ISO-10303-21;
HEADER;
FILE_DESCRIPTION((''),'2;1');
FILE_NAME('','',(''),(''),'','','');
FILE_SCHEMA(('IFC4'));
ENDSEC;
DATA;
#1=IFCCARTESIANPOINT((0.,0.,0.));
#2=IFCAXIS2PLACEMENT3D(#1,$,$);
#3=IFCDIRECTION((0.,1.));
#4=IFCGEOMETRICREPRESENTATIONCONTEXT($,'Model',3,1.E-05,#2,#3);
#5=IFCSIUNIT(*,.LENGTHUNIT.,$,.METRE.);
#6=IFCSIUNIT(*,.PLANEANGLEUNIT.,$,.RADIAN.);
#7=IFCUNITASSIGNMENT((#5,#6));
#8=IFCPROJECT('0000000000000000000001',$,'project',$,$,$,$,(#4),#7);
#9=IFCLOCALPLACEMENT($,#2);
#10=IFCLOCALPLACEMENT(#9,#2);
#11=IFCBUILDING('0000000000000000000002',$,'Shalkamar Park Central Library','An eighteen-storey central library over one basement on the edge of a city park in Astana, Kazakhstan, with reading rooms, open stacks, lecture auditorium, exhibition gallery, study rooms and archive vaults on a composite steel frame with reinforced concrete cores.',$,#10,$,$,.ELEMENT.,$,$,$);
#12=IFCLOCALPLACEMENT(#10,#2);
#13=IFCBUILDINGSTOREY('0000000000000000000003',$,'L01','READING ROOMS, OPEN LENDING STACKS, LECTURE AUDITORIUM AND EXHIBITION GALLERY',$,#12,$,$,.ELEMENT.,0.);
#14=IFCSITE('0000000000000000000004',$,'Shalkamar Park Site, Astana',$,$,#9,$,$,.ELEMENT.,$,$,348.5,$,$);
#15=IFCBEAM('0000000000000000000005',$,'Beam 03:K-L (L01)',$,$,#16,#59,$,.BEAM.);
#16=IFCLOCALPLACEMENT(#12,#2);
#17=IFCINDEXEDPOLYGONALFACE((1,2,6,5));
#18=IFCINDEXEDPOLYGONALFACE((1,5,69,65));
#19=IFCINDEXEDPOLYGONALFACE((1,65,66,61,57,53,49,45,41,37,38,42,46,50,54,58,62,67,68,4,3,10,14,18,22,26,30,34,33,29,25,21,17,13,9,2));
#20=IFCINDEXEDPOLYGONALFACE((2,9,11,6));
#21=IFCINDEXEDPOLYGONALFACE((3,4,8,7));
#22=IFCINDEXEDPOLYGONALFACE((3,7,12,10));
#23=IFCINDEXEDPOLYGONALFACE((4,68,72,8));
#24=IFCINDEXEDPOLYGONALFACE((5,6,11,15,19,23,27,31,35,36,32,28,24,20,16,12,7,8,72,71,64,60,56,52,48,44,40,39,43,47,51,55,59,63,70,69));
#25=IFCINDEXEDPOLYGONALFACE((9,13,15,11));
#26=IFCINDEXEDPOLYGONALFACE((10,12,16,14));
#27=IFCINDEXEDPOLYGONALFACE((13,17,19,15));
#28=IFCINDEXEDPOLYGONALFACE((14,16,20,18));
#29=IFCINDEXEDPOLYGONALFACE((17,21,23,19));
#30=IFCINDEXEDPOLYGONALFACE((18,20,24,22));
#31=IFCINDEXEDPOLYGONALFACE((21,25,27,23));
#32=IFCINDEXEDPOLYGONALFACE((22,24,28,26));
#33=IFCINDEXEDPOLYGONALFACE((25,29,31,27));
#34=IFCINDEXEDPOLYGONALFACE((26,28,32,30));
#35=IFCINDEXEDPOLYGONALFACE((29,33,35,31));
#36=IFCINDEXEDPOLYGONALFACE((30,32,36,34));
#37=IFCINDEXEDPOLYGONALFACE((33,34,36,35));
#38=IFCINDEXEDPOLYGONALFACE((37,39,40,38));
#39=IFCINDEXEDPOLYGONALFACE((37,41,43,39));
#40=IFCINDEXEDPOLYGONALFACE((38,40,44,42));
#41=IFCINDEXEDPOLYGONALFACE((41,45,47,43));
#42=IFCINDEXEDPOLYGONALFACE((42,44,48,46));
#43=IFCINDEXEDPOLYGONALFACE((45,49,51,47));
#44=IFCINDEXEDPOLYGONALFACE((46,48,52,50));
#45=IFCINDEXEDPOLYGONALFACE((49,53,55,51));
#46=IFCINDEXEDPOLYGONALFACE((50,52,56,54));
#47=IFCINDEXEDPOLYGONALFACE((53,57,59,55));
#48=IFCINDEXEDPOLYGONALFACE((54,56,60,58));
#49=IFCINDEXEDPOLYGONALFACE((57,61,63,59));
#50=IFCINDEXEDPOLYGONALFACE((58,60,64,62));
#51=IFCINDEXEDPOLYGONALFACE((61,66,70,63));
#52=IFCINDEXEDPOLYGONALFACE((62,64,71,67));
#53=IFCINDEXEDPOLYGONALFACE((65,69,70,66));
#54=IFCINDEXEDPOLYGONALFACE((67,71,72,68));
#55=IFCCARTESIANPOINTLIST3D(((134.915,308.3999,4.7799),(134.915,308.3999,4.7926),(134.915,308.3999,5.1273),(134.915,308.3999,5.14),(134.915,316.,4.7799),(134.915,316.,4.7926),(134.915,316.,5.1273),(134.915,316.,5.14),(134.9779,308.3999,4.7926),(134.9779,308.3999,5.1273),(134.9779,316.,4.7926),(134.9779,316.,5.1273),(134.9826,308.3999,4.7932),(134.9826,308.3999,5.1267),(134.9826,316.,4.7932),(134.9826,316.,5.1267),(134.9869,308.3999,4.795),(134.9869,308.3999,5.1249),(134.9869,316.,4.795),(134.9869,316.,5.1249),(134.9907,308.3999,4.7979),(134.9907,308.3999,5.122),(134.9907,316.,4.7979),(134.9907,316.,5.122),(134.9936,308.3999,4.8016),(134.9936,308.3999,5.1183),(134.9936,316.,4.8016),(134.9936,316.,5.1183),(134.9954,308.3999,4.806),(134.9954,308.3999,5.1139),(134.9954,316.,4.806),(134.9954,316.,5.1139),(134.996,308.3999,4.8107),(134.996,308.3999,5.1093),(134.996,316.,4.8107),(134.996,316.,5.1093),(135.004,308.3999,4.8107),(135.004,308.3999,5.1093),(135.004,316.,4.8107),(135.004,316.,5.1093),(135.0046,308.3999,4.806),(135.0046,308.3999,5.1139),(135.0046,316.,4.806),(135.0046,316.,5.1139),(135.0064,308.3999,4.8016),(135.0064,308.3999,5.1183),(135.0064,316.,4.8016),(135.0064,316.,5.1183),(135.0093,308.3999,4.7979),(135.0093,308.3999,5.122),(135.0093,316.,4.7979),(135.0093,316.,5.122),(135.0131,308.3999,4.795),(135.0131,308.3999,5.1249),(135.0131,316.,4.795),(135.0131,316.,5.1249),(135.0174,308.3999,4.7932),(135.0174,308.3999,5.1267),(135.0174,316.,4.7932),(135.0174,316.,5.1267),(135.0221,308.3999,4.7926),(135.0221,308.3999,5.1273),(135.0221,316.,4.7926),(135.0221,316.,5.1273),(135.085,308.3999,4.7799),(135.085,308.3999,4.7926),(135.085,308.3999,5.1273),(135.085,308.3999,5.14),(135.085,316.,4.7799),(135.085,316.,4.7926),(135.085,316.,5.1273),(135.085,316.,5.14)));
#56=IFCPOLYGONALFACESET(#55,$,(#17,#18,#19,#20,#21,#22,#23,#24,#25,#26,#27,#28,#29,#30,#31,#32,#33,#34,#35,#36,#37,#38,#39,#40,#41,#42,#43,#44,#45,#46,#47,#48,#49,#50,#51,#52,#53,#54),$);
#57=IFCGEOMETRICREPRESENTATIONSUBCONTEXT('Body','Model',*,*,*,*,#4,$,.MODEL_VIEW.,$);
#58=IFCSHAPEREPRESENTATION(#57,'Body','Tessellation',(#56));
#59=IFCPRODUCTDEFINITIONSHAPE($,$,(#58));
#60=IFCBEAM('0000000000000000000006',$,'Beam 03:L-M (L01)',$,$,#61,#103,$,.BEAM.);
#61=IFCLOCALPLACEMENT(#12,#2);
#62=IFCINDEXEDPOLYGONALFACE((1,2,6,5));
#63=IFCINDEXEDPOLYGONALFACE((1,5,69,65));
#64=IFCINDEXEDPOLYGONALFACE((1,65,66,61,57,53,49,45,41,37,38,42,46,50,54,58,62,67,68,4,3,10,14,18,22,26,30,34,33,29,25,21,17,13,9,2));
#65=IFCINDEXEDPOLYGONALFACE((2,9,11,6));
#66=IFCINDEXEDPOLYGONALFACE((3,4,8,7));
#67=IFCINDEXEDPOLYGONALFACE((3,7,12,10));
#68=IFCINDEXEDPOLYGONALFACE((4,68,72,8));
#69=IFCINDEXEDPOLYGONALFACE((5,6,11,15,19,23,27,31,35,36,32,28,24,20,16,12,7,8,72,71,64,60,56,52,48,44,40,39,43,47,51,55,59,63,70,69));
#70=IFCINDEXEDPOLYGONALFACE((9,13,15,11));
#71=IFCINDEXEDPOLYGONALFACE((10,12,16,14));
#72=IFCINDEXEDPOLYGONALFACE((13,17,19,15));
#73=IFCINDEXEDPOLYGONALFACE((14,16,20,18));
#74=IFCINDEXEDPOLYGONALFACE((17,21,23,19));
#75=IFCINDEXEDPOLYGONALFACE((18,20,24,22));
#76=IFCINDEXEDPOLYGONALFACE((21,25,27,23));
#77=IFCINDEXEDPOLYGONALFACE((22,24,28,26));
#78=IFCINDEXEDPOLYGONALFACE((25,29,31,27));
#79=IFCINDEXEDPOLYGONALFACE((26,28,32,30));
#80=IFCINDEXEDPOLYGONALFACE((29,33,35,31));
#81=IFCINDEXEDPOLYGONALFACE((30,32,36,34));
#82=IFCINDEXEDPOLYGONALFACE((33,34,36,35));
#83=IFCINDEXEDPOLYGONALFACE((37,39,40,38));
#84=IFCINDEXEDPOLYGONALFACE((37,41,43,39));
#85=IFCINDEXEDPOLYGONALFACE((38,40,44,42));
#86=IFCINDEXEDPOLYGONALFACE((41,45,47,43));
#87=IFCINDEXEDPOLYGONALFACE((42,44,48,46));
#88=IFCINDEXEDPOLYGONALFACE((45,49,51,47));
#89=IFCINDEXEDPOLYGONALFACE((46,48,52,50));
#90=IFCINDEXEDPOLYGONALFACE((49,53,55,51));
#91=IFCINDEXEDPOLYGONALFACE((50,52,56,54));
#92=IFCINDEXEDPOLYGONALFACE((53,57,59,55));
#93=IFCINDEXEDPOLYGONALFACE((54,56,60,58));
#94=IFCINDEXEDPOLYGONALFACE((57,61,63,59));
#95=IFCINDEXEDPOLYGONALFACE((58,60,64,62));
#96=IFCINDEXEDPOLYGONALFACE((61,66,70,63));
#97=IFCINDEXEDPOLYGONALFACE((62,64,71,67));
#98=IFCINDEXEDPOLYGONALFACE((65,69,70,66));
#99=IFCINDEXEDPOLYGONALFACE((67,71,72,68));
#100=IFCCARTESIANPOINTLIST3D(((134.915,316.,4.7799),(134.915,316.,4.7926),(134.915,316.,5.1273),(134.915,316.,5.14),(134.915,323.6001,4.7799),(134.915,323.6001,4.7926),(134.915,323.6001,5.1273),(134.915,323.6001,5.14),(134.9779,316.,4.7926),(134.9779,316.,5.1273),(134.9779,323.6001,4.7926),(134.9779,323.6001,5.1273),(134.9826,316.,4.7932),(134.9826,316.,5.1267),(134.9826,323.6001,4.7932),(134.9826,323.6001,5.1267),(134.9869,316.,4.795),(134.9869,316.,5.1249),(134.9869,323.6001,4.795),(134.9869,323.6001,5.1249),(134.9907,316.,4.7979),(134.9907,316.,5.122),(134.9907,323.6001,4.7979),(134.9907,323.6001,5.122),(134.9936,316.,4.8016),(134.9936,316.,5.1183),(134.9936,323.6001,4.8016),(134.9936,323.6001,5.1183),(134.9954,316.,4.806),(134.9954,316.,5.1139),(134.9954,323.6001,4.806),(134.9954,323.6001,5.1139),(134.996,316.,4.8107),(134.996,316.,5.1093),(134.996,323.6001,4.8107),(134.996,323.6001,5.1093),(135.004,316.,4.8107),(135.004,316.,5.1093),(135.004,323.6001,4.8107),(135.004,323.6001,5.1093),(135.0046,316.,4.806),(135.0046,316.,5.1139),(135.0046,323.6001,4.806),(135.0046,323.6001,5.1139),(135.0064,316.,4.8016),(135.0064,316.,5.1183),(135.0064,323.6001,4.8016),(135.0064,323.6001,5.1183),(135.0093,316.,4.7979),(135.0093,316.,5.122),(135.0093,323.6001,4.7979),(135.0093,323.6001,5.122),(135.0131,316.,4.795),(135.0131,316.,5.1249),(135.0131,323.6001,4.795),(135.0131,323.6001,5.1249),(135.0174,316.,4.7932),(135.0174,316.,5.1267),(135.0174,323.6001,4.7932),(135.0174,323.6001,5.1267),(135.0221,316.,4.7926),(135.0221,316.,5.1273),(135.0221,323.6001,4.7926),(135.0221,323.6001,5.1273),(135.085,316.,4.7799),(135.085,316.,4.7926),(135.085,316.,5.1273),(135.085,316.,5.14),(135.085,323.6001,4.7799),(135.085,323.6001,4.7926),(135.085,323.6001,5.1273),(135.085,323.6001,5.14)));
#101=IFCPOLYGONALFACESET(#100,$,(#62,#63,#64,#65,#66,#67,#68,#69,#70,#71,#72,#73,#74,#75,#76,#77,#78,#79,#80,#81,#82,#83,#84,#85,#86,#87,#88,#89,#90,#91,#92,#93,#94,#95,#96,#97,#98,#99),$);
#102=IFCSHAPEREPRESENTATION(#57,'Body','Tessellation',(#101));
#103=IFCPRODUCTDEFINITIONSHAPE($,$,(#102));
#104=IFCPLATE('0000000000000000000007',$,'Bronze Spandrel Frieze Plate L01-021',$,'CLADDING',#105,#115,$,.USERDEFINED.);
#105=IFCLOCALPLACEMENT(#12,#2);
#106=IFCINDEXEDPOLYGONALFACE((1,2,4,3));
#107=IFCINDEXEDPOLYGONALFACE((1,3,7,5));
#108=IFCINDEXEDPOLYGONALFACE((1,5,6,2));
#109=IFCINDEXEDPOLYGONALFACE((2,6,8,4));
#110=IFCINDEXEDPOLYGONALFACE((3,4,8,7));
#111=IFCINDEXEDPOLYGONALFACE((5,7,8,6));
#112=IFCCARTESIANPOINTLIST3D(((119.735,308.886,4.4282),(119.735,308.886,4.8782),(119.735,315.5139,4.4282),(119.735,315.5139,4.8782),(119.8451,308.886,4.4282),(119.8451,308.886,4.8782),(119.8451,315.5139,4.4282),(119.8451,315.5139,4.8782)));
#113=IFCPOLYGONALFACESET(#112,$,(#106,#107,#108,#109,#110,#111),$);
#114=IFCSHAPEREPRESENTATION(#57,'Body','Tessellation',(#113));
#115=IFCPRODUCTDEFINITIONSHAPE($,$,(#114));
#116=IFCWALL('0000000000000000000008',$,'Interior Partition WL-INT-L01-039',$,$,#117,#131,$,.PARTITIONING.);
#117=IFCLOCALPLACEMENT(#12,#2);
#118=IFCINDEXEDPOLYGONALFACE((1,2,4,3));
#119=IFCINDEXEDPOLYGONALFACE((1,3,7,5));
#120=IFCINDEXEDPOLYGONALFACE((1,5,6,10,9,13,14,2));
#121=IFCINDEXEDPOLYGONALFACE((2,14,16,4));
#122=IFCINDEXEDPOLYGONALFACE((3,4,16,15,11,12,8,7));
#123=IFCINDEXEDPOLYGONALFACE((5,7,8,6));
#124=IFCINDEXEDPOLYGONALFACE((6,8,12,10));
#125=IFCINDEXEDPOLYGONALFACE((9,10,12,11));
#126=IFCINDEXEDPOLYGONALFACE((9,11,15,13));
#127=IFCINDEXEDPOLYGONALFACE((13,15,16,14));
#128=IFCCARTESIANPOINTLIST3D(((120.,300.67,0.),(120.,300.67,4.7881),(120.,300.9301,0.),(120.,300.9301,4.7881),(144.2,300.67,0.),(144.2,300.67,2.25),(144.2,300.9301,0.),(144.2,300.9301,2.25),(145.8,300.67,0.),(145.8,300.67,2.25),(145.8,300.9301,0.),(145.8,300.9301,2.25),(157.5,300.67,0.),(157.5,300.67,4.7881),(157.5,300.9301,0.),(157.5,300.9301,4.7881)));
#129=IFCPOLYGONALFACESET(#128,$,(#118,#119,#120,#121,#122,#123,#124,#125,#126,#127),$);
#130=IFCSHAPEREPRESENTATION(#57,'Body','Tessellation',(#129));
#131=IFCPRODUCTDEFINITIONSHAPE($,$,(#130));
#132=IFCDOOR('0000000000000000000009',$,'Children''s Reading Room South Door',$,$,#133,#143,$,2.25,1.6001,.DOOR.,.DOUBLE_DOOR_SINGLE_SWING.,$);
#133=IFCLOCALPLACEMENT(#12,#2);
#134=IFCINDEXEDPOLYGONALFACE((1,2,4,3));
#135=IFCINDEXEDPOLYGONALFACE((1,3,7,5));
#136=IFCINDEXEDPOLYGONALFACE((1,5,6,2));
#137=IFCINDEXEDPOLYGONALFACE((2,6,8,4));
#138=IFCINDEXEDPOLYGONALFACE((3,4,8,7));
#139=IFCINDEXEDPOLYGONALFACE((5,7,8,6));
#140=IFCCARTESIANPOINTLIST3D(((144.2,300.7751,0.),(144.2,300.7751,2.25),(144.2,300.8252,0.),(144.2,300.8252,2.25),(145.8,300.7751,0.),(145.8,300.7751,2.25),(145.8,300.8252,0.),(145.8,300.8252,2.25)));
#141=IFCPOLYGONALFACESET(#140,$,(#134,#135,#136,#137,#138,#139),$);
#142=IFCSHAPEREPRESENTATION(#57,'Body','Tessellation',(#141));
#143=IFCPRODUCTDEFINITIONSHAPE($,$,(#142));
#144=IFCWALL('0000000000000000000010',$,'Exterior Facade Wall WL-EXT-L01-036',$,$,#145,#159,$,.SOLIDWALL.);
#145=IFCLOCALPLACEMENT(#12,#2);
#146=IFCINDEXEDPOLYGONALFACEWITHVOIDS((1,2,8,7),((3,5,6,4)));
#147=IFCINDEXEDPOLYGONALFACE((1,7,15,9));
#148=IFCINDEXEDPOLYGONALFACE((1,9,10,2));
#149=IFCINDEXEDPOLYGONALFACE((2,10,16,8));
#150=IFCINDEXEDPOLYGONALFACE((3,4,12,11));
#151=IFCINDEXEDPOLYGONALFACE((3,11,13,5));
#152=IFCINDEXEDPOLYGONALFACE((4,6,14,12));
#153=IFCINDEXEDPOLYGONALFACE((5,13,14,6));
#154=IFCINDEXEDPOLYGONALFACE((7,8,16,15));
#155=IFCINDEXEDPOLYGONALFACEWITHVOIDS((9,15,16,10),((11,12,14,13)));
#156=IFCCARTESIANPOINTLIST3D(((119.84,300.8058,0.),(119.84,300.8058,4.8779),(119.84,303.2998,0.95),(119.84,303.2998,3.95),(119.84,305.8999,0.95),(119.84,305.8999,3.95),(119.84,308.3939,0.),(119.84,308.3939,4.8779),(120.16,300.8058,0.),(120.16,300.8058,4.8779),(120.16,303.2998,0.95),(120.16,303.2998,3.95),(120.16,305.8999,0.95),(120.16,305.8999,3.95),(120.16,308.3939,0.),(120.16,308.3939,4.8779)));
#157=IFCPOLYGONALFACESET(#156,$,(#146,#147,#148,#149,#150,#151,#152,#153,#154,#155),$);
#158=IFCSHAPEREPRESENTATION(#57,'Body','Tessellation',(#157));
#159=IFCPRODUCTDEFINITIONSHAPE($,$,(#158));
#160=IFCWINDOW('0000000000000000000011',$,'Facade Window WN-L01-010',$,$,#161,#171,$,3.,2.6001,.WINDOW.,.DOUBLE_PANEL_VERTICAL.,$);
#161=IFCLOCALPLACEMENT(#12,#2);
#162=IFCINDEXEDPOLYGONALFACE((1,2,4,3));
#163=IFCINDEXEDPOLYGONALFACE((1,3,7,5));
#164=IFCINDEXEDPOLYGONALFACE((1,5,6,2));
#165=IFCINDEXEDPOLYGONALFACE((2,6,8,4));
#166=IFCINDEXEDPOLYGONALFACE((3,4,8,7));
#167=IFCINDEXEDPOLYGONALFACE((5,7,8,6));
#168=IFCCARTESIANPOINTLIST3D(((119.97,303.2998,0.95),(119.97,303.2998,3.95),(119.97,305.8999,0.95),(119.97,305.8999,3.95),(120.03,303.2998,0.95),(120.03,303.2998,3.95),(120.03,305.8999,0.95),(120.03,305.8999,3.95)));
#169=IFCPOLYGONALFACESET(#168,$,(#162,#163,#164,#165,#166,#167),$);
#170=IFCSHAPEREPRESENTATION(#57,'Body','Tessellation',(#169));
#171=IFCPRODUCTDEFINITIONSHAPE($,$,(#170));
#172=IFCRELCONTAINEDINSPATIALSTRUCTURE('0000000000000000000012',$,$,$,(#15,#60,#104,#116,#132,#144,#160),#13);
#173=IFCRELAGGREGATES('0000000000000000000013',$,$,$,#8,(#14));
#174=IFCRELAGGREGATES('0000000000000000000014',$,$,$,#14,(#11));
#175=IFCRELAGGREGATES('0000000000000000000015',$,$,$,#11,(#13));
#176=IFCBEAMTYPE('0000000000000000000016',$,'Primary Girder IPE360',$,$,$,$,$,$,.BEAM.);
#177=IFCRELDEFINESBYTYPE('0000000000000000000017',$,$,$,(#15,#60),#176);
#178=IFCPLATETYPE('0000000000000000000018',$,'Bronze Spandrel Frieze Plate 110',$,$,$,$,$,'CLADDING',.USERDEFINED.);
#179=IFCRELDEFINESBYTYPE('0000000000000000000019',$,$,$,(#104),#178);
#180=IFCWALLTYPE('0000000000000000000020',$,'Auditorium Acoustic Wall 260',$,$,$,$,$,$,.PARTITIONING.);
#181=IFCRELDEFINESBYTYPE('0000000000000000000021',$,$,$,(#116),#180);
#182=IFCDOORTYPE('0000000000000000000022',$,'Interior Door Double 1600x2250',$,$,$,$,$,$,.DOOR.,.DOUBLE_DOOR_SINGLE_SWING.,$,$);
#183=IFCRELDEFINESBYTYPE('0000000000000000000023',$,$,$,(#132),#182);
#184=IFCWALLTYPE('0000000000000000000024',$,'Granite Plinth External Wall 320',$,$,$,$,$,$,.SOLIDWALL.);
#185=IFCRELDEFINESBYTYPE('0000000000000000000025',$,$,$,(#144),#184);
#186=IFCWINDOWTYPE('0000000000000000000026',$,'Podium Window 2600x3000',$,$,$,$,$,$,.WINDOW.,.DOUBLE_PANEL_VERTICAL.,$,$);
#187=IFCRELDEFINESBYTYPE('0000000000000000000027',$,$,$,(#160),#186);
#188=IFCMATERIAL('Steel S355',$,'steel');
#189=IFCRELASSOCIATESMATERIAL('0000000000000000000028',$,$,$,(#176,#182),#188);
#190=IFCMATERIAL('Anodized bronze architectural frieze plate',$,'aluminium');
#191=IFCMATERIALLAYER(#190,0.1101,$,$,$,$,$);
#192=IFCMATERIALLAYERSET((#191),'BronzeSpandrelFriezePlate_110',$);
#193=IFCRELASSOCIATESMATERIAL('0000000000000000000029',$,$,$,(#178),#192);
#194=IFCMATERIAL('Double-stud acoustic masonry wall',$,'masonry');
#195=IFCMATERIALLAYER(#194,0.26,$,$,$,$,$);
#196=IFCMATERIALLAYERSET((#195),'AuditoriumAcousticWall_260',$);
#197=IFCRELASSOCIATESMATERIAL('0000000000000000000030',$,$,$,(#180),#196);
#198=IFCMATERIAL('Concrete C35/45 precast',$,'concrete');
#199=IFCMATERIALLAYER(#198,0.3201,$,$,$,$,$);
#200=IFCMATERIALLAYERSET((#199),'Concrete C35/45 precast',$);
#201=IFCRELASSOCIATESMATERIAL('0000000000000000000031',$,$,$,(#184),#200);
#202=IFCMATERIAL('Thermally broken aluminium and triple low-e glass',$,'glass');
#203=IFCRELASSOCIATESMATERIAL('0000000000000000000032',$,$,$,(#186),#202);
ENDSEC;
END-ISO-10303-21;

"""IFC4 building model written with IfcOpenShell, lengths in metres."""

from ifc_helpers import new_model, si_unit, direction, frame, frame_2d, origin, origin_2d, place, context, subcontext, project, spatial, rectangle, i_section, extrude, material, layer, layer_set, material_profile, profile_set, type_object, element, fill, save


model = new_model("IFC4")

# Units and contexts
model_context = context("Model", 3, precision=1e-05, world=origin(), true_north=direction((0.0, 1.0)))
body_context = subcontext(model_context, "Body", "Model", "MODEL_VIEW")
ifc_project = project(units=[si_unit("LENGTHUNIT", "METRE"), si_unit("PLANEANGLEUNIT", "RADIAN")], contexts=[model_context])

# Site, building, storey
site_placement = place(None, origin())
site = spatial("IfcSite", under=ifc_project, at=site_placement, Name="Shalkamar Park Site, Astana", CompositionType="ELEMENT", RefElevation=348.5)
building_placement = place(site_placement, origin())
building = spatial("IfcBuilding", under=site, at=building_placement, Name="Shalkamar Park Central Library", Description="An eighteen-storey central library over one basement on the edge of a city park in Astana, Kazakhstan, with reading rooms, open stacks, lecture auditorium, exhibition gallery, study rooms and archive vaults on a composite steel frame with reinforced concrete cores.", CompositionType="ELEMENT")
storey_placement = place(building_placement, origin())
storey = spatial("IfcBuildingStorey", under=building, at=storey_placement, Name="L01", Description="READING ROOMS, OPEN LENDING STACKS, LECTURE AUDITORIUM AND EXHIBITION GALLERY", CompositionType="ELEMENT", Elevation=0.0)

# Shared definitions
ifc_material_1 = material(Name="Steel S355", Category="steel")

# Beams
ifc_material_profile_1 = material_profile(ifc_material_1, i_section(OverallWidth=0.1699, OverallDepth=0.3601, WebThickness=0.0081, FlangeThickness=0.0127, FilletRadius=0.0181, at=origin_2d()), Name="IPE 360")
ifc_profile_set_1 = profile_set([ifc_material_profile_1], Name="Steel S355")
beam_type_1 = type_object("IfcBeamType", Name="Primary Girder IPE360", PredefinedType="BEAM", material=ifc_profile_set_1)
for number, where, z_axis, x_axis, name in (
    (1, (135.0, 308.3999, 4.96), (0.0, 1.0, 0.0), (-1.0, 0.0, 0.0), "Beam 03:K-L (L01)"),
    (2, (135.0, 316.0, 4.96), (0.0, 1.0, 0.0), (-1.0, 0.0, 0.0), "Beam 03:L-M (L01)"),
):
    element("IfcBeam", number, at=place(storey_placement, frame(where, z_axis=z_axis, x_axis=x_axis)), inside=storey, type_object=beam_type_1, Name=name, PredefinedType="BEAM", context=body_context, shape_type="SweptSolid", body=[
        extrude(i_section(OverallWidth=0.1699, OverallDepth=0.3601, WebThickness=0.0081, FlangeThickness=0.0127, FilletRadius=0.0181, at=origin_2d()), origin(), (0.0, 0.0, 1.0), 7.6001),
    ])

# Plate
ifc_material_2 = material(Name="Anodized bronze architectural frieze plate", Category="aluminium")
ifc_layer_1 = layer(ifc_material_2, 0.1101)
ifc_layer_set_1 = layer_set([ifc_layer_1], Name="BronzeSpandrelFriezePlate_110")
plate_type = type_object("IfcPlateType", Name="Bronze Spandrel Frieze Plate 110", ElementType="CLADDING", PredefinedType="USERDEFINED", material=ifc_layer_set_1)
plate_placement = place(storey_placement, frame((119.79, 312.2, 4.4282), z_axis=(0.0, 0.0, 1.0), x_axis=(1.0, 0.0, 0.0)))
element("IfcPlate", 3, at=plate_placement, inside=storey, type_object=plate_type, Name="Bronze Spandrel Frieze Plate L01-021", ObjectType="CLADDING", PredefinedType="USERDEFINED", context=body_context, shape_type="SweptSolid", body=[
    extrude(rectangle(XDim=0.1101, YDim=6.6279, at=origin_2d()), origin(), (0.0, 0.0, 1.0), 0.45),
])

# Wall, opening, door
ifc_material_3 = material(Name="Double-stud acoustic masonry wall", Category="masonry")
ifc_layer_2 = layer(ifc_material_3, 0.26)
ifc_layer_set_2 = layer_set([ifc_layer_2], Name="AuditoriumAcousticWall_260")
wall_type_1 = type_object("IfcWallType", Name="Auditorium Acoustic Wall 260", PredefinedType="PARTITIONING", material=ifc_layer_set_2)
wall_1_placement = place(storey_placement, frame((120.0, 300.8, 0.0), z_axis=(0.0, 0.0, 1.0), x_axis=(1.0, 0.0, 0.0)))
wall_1 = element("IfcWall", 4, at=wall_1_placement, inside=storey, type_object=wall_type_1, Name="Interior Partition WL-INT-L01-039", PredefinedType="PARTITIONING", context=body_context, shape_type="SweptSolid", body=[
    extrude(rectangle(XDim=37.5, YDim=0.26, at=frame_2d((18.75, 0.0))), origin(), (0.0, 0.0, 1.0), 4.7881),
])
opening_1_placement = place(wall_1_placement, frame((24.2, 0.0, 0.0)))
opening_1 = element("IfcOpeningElement", 5, at=opening_1_placement, cuts=wall_1, PredefinedType="OPENING", context=body_context, shape_type="SweptSolid", body=[
    extrude(rectangle(XDim=1.6001, YDim=2.25, at=frame_2d((0.8, 1.125))), frame((0.0, 0.145, 0.0), z_axis=(0.0, -1.0, 0.0), x_axis=(1.0, 0.0, 0.0)), (0.0, 0.0, 1.0), 0.2898),
])
door_type_1 = type_object("IfcDoorType", Name="Interior Door Double 1600x2250", OperationType="DOUBLE_DOOR_SINGLE_SWING", PredefinedType="DOOR", material=ifc_material_1)
door_1_placement = place(opening_1_placement, frame((1.6001, 0.0, 0.0), z_axis=(0.0, 0.0, 1.0), x_axis=(-1.0, 0.0, 0.0)))
door_1 = element("IfcDoor", 6, at=door_1_placement, inside=storey, type_object=door_type_1, Name="Children's Reading Room South Door", OperationType="DOUBLE_DOOR_SINGLE_SWING", OverallHeight=2.25, OverallWidth=1.6001, PredefinedType="DOOR", context=body_context, shape_type="SweptSolid", body=[
    extrude(rectangle(XDim=1.6001, YDim=2.25, at=frame_2d((0.8, 1.125))), frame((0.0, 0.0249, 0.0), z_axis=(0.0, -1.0, 0.0), x_axis=(1.0, 0.0, 0.0)), (0.0, 0.0, 1.0), 0.05),
])
fill(opening_1, door_1)

# Wall, opening, window
ifc_material_4 = material(Name="Concrete C35/45 precast", Category="concrete")
ifc_layer_3 = layer(ifc_material_4, 0.3201)
ifc_layer_set_3 = layer_set([ifc_layer_3], Name="Concrete C35/45 precast")
wall_type_2 = type_object("IfcWallType", Name="Granite Plinth External Wall 320", PredefinedType="SOLIDWALL", material=ifc_layer_set_3)
wall_2_placement = place(storey_placement, frame((120.0, 300.8059, 0.0), z_axis=(0.0, 0.0, 1.0), x_axis=(0.0, 1.0, 0.0)))
wall_2 = element("IfcWall", 7, at=wall_2_placement, inside=storey, type_object=wall_type_2, Name="Exterior Facade Wall WL-EXT-L01-036", PredefinedType="SOLIDWALL", context=body_context, shape_type="SweptSolid", body=[
    extrude(rectangle(XDim=7.5881, YDim=0.3201, at=frame_2d((3.7939, 0.0))), origin(), (0.0, 0.0, 1.0), 4.8779),
])
opening_2_placement = place(wall_2_placement, frame((2.4939, 0.0, 0.95)))
opening_2 = element("IfcOpeningElement", 8, at=opening_2_placement, cuts=wall_2, PredefinedType="OPENING", context=body_context, shape_type="SweptSolid", body=[
    extrude(rectangle(XDim=2.6001, YDim=3.0, at=frame_2d((1.3, 1.5))), frame((0.0, 0.1748, 0.0), z_axis=(0.0, -1.0, 0.0), x_axis=(1.0, 0.0, 0.0)), (0.0, 0.0, 1.0), 0.3499),
])
ifc_material_5 = material(Name="Thermally broken aluminium and triple low-e glass", Category="glass")
window_type = type_object("IfcWindowType", Name="Podium Window 2600x3000", PartitioningType="DOUBLE_PANEL_VERTICAL", PredefinedType="WINDOW", material=ifc_material_5)
window_placement = place(opening_2_placement, origin())
window = element("IfcWindow", 9, at=window_placement, inside=storey, type_object=window_type, Name="Facade Window WN-L01-010", OverallHeight=3.0, OverallWidth=2.6001, PartitioningType="DOUBLE_PANEL_VERTICAL", PredefinedType="WINDOW", context=body_context, shape_type="SweptSolid", body=[
    extrude(rectangle(XDim=2.6001, YDim=3.0, at=frame_2d((1.3, 1.5))), frame((0.0, 0.03, 0.0), z_axis=(0.0, -1.0, 0.0), x_axis=(1.0, 0.0, 0.0)), (0.0, 0.0, 1.0), 0.0601),
])
fill(opening_2, window)

save(model, "model.ifc")
